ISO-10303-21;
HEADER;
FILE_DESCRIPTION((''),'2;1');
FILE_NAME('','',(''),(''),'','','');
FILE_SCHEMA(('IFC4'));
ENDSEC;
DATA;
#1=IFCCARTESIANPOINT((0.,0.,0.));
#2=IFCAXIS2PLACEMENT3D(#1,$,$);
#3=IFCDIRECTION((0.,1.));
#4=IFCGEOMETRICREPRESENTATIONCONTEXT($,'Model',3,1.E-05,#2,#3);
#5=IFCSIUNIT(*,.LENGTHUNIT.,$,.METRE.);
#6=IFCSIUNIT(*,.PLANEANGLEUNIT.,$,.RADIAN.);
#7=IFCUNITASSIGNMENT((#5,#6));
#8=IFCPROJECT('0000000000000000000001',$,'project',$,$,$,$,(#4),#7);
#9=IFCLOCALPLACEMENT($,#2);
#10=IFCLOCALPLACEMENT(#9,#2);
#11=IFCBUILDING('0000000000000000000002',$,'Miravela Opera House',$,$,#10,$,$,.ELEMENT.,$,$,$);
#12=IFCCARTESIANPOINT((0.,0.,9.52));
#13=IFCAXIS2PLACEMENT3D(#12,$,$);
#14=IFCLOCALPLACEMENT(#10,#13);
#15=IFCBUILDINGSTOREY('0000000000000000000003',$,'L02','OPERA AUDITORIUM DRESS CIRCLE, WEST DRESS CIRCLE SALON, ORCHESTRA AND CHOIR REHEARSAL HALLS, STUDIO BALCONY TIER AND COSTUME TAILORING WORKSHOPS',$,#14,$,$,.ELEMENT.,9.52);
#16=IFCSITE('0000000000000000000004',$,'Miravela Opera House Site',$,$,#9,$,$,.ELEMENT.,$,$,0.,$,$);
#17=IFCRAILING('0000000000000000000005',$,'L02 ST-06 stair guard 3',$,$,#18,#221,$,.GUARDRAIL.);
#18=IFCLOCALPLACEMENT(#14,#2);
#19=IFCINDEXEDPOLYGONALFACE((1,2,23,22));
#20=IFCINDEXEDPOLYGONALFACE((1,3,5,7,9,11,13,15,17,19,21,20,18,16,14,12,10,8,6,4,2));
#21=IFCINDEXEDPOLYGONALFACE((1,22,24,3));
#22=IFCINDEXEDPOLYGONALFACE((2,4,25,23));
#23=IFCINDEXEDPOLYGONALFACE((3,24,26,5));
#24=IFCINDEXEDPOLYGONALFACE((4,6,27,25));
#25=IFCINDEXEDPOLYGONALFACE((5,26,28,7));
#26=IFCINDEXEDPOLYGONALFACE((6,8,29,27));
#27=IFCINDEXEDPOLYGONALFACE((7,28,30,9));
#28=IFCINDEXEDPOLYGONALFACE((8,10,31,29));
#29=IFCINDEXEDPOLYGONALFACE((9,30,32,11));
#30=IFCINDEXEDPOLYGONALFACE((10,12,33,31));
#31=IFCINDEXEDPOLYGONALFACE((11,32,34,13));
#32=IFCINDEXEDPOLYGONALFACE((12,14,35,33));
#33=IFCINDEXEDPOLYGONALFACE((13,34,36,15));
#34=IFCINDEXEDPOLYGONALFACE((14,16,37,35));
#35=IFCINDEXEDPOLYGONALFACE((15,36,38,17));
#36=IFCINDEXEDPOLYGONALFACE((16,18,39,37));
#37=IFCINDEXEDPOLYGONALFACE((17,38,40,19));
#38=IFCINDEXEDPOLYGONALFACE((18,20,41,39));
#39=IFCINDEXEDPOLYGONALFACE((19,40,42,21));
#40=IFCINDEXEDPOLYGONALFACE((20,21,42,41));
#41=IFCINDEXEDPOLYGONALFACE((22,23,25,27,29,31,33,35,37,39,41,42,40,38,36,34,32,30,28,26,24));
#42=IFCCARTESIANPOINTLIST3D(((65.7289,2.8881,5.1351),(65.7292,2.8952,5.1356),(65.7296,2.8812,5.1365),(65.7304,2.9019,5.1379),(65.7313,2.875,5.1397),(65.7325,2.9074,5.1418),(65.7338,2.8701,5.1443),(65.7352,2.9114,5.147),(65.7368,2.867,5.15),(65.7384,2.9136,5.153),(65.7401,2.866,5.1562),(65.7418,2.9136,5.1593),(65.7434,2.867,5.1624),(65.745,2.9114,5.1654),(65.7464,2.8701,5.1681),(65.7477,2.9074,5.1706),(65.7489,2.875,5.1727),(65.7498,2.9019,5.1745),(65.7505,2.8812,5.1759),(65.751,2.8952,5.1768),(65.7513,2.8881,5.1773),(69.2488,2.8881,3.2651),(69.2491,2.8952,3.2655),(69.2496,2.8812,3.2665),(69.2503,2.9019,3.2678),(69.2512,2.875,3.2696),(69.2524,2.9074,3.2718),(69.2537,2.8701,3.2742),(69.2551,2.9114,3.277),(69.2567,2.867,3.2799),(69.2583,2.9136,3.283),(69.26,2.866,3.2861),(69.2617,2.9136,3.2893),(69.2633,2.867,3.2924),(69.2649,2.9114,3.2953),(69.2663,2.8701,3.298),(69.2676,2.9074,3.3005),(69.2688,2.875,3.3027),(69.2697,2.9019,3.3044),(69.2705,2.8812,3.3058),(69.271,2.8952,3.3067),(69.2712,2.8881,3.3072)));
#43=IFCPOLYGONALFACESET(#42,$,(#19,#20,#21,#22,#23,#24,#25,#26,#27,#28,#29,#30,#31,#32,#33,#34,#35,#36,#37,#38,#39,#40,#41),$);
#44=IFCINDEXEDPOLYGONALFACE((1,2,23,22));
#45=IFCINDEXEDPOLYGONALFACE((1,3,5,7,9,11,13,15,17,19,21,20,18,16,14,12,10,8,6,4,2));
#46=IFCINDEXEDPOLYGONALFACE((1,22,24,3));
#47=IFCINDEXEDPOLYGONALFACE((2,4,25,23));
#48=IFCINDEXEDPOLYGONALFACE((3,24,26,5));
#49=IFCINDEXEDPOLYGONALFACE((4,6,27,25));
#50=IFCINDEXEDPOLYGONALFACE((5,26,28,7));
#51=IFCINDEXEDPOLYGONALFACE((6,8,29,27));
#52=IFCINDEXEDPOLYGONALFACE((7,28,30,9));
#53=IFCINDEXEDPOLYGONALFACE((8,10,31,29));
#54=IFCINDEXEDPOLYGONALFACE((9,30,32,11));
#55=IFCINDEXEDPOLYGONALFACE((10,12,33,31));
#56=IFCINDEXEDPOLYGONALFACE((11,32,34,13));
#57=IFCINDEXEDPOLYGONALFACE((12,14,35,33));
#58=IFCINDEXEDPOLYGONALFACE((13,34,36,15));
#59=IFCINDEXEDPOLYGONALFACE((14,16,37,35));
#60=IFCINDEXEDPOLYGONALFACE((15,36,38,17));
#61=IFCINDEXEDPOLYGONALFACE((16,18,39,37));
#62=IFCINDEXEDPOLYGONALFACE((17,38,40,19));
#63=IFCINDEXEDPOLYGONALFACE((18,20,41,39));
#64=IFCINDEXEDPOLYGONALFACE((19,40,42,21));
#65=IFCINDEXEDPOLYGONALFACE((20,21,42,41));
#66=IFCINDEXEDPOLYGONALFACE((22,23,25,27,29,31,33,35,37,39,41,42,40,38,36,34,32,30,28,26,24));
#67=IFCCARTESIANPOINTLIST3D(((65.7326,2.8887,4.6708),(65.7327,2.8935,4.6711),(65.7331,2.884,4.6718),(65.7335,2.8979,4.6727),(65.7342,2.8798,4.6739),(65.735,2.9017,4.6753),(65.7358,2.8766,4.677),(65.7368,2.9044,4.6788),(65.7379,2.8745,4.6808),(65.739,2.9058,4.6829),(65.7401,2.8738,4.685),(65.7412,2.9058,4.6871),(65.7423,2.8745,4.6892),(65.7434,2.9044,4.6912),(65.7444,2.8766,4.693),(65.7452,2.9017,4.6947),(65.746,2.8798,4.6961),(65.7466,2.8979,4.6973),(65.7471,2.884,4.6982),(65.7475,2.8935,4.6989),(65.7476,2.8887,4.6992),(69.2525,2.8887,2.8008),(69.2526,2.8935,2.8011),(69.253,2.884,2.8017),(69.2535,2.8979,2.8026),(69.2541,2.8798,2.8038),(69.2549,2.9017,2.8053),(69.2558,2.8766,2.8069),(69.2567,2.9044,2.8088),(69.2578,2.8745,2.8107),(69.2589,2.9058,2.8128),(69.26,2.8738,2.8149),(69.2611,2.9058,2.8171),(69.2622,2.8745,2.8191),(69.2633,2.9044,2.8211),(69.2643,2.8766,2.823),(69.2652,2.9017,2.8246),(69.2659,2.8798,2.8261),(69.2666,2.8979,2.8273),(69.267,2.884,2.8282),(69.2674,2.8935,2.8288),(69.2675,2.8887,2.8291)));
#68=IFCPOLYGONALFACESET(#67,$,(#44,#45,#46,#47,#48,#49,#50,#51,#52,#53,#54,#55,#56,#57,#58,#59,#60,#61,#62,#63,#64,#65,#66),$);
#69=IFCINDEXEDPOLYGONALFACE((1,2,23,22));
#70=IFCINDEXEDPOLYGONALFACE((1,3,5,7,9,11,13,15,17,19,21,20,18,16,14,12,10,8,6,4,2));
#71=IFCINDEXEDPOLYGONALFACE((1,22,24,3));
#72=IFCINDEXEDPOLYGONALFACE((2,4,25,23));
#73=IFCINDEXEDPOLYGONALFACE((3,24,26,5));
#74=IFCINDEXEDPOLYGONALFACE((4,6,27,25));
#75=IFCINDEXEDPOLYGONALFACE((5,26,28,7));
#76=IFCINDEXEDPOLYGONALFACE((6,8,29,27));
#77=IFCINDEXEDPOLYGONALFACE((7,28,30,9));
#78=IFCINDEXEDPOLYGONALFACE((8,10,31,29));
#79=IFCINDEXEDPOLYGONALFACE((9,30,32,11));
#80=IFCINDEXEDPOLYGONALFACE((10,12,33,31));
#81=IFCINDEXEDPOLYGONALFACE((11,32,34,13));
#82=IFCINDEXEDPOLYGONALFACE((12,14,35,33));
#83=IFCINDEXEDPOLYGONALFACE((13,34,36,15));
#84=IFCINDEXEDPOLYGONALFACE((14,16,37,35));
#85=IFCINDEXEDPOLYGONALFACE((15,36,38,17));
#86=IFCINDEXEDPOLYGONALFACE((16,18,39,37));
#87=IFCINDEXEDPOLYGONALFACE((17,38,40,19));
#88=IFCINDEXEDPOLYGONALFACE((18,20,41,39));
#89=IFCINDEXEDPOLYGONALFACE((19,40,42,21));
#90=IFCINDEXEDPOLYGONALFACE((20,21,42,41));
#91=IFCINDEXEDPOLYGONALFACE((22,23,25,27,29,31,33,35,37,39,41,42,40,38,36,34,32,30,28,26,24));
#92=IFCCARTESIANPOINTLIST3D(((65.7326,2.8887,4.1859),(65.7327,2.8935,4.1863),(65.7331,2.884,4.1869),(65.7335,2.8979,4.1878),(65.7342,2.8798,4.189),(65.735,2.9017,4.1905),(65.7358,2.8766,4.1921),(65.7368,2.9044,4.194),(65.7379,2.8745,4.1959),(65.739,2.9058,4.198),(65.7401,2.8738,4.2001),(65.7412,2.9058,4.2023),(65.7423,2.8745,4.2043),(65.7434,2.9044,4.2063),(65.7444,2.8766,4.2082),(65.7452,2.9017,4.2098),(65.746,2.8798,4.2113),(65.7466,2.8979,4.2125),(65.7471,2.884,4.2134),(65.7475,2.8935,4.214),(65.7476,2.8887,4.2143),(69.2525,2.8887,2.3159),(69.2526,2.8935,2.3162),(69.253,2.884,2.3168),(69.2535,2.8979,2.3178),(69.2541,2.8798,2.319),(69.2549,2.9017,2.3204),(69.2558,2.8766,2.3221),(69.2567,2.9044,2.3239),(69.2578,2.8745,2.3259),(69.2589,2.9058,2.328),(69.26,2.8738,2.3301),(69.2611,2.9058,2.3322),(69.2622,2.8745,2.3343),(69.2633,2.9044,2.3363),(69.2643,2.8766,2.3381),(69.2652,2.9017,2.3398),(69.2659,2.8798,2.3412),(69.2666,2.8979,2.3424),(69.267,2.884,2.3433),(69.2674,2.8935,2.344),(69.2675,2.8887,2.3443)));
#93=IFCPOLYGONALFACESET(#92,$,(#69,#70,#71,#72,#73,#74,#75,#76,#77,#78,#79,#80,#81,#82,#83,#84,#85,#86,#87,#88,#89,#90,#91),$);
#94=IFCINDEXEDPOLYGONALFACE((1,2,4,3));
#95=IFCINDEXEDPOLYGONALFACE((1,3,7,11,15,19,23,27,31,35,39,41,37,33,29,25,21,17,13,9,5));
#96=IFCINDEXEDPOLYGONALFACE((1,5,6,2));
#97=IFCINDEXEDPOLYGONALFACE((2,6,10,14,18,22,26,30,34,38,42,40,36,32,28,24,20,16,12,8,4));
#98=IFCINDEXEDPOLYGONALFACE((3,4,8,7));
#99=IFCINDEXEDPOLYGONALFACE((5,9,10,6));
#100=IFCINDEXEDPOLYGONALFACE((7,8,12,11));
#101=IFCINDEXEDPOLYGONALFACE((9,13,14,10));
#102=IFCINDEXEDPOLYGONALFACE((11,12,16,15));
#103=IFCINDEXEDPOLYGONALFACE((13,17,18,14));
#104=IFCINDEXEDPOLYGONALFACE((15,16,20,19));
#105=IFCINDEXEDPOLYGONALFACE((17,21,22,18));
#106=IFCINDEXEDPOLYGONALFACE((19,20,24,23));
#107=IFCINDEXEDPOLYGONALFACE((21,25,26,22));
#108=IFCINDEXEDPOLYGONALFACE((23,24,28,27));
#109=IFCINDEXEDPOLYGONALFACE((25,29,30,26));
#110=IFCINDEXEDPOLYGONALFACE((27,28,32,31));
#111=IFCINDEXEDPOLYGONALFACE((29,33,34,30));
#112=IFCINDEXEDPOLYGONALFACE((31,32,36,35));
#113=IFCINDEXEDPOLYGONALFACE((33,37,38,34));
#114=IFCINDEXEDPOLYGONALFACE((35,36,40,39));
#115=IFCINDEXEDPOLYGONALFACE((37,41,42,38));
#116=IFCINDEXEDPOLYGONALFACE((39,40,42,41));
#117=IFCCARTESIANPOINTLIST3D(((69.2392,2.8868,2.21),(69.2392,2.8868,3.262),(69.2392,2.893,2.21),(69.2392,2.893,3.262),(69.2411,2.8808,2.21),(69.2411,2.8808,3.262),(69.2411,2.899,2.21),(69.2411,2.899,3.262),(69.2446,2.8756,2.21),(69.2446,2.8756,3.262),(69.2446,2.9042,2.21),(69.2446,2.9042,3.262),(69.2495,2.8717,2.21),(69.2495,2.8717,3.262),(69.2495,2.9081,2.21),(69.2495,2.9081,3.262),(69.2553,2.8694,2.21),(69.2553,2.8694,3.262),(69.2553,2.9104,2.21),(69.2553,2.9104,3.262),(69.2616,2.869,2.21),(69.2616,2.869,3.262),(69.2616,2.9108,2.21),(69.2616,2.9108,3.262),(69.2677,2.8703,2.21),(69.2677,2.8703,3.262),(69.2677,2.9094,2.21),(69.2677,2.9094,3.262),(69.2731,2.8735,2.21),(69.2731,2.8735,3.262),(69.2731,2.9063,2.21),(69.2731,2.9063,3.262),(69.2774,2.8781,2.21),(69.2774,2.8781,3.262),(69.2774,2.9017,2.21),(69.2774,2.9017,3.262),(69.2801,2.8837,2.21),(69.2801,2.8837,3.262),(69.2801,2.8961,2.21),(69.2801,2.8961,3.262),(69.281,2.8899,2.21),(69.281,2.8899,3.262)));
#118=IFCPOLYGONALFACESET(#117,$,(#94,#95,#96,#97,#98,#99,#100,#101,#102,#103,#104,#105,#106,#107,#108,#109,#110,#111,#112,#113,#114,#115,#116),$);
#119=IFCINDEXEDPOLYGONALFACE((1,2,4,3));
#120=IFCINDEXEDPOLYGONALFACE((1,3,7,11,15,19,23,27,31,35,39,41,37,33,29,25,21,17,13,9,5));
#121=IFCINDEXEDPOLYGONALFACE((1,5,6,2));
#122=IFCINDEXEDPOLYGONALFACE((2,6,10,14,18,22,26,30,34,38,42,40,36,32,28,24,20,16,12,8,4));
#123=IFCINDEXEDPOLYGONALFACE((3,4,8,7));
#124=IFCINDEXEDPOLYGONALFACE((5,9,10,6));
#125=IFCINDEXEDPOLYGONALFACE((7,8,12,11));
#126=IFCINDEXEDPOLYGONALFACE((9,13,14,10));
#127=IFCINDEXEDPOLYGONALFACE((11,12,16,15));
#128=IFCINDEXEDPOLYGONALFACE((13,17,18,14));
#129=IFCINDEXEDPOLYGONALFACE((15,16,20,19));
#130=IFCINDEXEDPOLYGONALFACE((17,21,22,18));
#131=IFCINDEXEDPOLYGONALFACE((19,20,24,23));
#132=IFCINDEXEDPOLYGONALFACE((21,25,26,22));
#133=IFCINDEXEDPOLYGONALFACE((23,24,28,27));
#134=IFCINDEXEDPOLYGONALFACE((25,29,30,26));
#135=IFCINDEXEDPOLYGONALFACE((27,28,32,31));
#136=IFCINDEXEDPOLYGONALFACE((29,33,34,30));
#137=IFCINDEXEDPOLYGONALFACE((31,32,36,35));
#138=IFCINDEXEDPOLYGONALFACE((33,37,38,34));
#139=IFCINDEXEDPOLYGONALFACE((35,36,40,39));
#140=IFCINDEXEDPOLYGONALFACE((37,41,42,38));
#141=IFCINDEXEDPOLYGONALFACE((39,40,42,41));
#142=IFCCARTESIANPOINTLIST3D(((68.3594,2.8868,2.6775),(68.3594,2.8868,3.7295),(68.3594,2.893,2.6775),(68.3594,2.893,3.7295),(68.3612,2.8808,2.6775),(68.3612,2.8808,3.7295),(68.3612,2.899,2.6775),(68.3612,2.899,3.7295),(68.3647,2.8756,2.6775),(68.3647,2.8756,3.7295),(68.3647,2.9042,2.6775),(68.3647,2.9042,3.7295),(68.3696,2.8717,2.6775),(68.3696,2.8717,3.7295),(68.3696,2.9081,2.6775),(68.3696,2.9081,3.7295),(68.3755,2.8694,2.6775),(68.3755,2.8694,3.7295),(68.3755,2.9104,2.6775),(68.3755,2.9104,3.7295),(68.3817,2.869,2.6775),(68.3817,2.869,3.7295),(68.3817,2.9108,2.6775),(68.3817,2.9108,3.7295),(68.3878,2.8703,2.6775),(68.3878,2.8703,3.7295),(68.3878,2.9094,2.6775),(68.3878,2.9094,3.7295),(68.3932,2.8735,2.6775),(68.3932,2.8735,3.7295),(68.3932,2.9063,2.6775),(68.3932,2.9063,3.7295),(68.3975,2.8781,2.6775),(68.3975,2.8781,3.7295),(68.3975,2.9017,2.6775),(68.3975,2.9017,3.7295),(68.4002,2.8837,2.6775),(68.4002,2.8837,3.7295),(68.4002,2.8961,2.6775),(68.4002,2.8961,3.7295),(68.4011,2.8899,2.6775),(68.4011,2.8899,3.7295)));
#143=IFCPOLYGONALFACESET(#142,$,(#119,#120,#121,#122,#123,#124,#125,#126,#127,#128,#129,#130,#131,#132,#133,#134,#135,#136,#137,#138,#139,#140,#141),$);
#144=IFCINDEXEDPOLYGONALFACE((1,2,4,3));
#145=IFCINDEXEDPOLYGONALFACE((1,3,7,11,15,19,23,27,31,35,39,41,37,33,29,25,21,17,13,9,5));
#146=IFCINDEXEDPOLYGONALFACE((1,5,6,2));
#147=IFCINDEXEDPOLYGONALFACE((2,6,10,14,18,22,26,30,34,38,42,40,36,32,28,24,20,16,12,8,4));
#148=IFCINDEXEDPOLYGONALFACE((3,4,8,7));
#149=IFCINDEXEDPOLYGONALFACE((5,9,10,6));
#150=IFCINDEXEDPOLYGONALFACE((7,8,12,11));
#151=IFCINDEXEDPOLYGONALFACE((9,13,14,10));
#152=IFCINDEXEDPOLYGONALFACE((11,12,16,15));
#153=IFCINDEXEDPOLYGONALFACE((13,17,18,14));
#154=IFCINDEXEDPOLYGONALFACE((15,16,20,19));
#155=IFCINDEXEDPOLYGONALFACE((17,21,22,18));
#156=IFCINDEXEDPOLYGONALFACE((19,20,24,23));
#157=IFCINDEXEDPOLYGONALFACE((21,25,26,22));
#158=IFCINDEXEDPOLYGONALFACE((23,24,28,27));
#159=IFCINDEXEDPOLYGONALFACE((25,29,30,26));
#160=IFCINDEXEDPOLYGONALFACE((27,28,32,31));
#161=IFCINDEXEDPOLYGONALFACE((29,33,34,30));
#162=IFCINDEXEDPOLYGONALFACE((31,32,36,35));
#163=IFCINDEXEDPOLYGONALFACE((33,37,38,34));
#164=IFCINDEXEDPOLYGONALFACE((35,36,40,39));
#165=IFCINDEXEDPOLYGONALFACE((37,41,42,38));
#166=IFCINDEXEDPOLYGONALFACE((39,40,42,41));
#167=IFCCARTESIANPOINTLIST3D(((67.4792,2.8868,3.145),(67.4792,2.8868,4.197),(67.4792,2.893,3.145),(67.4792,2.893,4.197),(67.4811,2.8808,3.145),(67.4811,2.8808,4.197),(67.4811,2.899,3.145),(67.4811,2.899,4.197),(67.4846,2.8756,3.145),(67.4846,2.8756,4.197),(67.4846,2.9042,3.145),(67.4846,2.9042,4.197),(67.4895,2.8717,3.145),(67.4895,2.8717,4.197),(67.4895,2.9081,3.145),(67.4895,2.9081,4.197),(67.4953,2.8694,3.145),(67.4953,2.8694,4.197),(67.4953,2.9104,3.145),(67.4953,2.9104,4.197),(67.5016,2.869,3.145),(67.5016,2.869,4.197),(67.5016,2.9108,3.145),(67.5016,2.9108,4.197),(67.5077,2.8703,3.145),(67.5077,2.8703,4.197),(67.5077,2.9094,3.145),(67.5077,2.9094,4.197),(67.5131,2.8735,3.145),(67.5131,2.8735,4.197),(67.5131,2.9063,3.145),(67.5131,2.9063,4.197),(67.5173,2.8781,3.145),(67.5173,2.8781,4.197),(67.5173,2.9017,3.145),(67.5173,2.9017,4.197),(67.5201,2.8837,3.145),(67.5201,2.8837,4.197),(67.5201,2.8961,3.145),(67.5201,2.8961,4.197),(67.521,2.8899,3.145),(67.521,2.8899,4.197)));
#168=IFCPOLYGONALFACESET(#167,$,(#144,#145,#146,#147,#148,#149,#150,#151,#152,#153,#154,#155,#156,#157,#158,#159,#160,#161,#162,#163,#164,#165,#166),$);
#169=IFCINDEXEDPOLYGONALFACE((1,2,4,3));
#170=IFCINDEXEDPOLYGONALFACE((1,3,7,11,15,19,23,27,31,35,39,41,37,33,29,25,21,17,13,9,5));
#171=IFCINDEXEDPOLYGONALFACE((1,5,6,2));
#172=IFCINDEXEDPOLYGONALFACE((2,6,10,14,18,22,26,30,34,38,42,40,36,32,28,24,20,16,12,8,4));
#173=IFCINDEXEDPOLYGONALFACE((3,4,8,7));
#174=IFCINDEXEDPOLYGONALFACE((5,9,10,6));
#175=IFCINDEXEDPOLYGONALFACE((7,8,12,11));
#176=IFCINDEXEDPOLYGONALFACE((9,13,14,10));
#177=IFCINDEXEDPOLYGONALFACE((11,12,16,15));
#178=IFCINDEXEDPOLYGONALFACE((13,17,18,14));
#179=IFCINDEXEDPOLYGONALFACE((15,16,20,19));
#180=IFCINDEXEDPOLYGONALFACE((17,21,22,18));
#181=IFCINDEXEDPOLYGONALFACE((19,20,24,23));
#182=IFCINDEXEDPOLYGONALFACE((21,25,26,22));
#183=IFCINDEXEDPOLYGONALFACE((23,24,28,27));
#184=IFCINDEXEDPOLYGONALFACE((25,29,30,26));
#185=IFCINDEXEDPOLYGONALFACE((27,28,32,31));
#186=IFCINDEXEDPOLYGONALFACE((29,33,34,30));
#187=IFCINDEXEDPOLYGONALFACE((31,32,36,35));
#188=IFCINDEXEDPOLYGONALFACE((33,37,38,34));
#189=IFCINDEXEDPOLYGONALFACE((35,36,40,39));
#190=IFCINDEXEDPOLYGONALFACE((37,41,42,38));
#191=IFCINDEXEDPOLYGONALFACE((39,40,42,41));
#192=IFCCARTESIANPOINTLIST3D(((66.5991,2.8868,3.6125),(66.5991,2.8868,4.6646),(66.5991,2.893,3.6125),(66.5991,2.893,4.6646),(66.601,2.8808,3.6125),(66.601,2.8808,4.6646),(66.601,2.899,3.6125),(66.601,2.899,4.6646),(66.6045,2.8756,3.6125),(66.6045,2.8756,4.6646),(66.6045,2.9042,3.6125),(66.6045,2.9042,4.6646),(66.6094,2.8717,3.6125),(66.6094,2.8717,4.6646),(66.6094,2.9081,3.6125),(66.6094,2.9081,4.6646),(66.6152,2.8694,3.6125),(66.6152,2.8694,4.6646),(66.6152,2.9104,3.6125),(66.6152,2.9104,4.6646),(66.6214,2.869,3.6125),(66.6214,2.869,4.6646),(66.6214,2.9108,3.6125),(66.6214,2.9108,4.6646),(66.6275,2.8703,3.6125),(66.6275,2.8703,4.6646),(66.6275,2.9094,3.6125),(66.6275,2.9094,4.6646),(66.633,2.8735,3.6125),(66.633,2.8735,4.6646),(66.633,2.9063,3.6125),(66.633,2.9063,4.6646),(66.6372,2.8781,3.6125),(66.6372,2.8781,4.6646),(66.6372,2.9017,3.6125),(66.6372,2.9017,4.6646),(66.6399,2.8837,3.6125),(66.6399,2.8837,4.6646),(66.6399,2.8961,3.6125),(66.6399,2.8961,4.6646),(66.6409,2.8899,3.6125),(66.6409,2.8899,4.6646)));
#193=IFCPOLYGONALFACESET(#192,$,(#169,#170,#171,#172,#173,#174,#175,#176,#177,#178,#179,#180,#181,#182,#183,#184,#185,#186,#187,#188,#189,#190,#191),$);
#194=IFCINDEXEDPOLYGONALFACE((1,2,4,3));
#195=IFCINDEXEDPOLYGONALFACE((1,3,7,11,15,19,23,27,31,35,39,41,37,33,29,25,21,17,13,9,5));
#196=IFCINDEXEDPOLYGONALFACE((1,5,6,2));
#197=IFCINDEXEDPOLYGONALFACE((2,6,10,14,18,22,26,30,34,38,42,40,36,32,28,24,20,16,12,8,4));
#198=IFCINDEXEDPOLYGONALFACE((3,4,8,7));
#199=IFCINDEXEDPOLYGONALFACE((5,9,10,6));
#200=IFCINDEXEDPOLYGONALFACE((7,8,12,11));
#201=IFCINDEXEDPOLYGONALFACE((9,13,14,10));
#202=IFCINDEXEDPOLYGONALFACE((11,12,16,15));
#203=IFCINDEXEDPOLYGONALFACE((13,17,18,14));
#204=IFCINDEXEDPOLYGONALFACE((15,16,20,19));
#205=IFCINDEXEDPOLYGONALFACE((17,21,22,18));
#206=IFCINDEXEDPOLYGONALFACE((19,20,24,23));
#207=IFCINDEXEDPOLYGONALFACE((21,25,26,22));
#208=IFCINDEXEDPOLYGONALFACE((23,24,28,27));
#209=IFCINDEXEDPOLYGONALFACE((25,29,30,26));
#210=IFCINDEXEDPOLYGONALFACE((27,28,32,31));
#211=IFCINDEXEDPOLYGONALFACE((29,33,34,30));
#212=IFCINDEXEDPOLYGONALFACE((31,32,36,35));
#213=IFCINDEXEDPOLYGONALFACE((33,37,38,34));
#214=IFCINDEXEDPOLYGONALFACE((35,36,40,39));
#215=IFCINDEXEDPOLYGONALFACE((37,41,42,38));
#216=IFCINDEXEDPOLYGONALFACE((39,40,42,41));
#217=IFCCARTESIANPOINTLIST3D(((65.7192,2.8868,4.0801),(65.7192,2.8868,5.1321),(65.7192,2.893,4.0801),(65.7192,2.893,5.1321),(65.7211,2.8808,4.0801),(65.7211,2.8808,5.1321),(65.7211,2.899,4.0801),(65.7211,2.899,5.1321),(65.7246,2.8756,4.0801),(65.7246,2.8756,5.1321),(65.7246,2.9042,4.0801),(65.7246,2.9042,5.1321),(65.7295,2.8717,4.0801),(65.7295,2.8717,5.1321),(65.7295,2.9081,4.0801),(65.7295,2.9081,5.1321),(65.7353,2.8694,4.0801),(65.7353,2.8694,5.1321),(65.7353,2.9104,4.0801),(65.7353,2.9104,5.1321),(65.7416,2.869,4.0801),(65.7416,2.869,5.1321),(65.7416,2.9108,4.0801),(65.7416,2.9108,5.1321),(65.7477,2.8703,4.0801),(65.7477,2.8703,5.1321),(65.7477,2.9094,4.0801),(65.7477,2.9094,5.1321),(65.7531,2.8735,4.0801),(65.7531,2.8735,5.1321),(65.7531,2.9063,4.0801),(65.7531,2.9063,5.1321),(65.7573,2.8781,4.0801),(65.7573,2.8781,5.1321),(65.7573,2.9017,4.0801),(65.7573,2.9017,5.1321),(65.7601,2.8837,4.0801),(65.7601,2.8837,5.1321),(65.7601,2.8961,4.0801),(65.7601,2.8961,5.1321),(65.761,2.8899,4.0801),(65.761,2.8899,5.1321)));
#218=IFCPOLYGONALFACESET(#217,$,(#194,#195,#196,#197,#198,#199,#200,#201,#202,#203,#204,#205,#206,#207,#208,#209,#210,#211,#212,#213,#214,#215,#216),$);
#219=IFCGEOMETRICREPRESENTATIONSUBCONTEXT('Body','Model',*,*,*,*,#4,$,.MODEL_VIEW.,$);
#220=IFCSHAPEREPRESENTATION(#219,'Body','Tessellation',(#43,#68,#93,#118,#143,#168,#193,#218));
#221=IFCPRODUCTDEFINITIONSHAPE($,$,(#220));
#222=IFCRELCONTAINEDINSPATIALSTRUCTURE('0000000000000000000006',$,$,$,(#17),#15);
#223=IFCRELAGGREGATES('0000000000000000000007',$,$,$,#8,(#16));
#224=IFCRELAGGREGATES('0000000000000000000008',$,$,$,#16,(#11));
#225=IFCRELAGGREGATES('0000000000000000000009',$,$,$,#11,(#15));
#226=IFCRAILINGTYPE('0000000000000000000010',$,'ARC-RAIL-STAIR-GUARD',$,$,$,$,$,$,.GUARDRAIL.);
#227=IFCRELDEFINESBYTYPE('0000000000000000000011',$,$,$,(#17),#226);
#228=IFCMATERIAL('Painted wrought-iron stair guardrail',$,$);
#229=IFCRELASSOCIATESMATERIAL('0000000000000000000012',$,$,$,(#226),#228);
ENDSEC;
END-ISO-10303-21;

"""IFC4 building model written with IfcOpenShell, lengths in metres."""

from ifc_helpers import new_model, si_unit, direction, frame, origin, origin_2d, place, context, subcontext, project, spatial, circle, extrude, material, type_object, element, save


model = new_model("IFC4")

# Units and contexts
model_context = context("Model", 3, precision=1e-05, world=origin(), true_north=direction((0.0, 1.0)))
body_context = subcontext(model_context, "Body", "Model", "MODEL_VIEW")
ifc_project = project(units=[si_unit("LENGTHUNIT", "METRE"), si_unit("PLANEANGLEUNIT", "RADIAN")], contexts=[model_context])

# Site, building, storey
site_placement = place(None, origin())
site = spatial("IfcSite", under=ifc_project, at=site_placement, Name="Miravela Opera House Site", CompositionType="ELEMENT", RefElevation=0.0)
building_placement = place(site_placement, origin())
building = spatial("IfcBuilding", under=site, at=building_placement, Name="Miravela Opera House", CompositionType="ELEMENT")
storey_placement = place(building_placement, frame((0.0, 0.0, 9.52)))
storey = spatial("IfcBuildingStorey", under=building, at=storey_placement, Name="L02", Description="OPERA AUDITORIUM DRESS CIRCLE, WEST DRESS CIRCLE SALON, ORCHESTRA AND CHOIR REHEARSAL HALLS, STUDIO BALCONY TIER AND COSTUME TAILORING WORKSHOPS", CompositionType="ELEMENT", Elevation=9.52)

# Railing
ifc_material_1 = material(Name="Painted wrought-iron stair guardrail")
railing_type_1 = type_object("IfcRailingType", Name="ARC-RAIL-STAIR-GUARD", PredefinedType="GUARDRAIL", material=ifc_material_1)
railing_1_placement = place(storey_placement, frame((69.26, 2.8899, 2.21)))
element("IfcRailing", 1, at=railing_1_placement, inside=storey, type_object=railing_type_1, Name="L02 ST-06 stair guard 3", PredefinedType="GUARDRAIL", context=body_context, shape_type="SweptSolid", body=[
    extrude(circle(Radius=0.0239, at=origin_2d()), frame((0.0, 0.0, 1.0762), z_axis=(-0.883105, 0.0, 0.469176), x_axis=(0.0, -1.0, 0.0)), (0.0, 0.0, 1.0), 3.9858),
    extrude(circle(Radius=0.0161, at=origin_2d()), frame((0.0, 0.0, 0.605), z_axis=(-0.883105, 0.0, 0.469176), x_axis=(0.0, -1.0, 0.0)), (0.0, 0.0, 1.0), 3.9858),
    extrude(circle(Radius=0.0161, at=origin_2d()), frame((0.0, 0.0, 0.1201), z_axis=(-0.883105, 0.0, 0.469176), x_axis=(0.0, -1.0, 0.0)), (0.0, 0.0, 1.0), 3.9858),
    extrude(circle(Radius=0.021, at=origin_2d()), origin(), (0.0, 0.0, 1.0), 1.052),
    extrude(circle(Radius=0.021, at=origin_2d()), frame((-0.8799, 0.0, 0.4675)), (0.0, 0.0, 1.0), 1.052),
    extrude(circle(Radius=0.021, at=origin_2d()), frame((-1.76, 0.0, 0.9351)), (0.0, 0.0, 1.0), 1.052),
    extrude(circle(Radius=0.021, at=origin_2d()), frame((-2.6401, 0.0, 1.4026)), (0.0, 0.0, 1.0), 1.052),
    extrude(circle(Radius=0.021, at=origin_2d()), frame((-3.52, 0.0, 1.8701)), (0.0, 0.0, 1.0), 1.052),
])

save(model, "model.ifc")
